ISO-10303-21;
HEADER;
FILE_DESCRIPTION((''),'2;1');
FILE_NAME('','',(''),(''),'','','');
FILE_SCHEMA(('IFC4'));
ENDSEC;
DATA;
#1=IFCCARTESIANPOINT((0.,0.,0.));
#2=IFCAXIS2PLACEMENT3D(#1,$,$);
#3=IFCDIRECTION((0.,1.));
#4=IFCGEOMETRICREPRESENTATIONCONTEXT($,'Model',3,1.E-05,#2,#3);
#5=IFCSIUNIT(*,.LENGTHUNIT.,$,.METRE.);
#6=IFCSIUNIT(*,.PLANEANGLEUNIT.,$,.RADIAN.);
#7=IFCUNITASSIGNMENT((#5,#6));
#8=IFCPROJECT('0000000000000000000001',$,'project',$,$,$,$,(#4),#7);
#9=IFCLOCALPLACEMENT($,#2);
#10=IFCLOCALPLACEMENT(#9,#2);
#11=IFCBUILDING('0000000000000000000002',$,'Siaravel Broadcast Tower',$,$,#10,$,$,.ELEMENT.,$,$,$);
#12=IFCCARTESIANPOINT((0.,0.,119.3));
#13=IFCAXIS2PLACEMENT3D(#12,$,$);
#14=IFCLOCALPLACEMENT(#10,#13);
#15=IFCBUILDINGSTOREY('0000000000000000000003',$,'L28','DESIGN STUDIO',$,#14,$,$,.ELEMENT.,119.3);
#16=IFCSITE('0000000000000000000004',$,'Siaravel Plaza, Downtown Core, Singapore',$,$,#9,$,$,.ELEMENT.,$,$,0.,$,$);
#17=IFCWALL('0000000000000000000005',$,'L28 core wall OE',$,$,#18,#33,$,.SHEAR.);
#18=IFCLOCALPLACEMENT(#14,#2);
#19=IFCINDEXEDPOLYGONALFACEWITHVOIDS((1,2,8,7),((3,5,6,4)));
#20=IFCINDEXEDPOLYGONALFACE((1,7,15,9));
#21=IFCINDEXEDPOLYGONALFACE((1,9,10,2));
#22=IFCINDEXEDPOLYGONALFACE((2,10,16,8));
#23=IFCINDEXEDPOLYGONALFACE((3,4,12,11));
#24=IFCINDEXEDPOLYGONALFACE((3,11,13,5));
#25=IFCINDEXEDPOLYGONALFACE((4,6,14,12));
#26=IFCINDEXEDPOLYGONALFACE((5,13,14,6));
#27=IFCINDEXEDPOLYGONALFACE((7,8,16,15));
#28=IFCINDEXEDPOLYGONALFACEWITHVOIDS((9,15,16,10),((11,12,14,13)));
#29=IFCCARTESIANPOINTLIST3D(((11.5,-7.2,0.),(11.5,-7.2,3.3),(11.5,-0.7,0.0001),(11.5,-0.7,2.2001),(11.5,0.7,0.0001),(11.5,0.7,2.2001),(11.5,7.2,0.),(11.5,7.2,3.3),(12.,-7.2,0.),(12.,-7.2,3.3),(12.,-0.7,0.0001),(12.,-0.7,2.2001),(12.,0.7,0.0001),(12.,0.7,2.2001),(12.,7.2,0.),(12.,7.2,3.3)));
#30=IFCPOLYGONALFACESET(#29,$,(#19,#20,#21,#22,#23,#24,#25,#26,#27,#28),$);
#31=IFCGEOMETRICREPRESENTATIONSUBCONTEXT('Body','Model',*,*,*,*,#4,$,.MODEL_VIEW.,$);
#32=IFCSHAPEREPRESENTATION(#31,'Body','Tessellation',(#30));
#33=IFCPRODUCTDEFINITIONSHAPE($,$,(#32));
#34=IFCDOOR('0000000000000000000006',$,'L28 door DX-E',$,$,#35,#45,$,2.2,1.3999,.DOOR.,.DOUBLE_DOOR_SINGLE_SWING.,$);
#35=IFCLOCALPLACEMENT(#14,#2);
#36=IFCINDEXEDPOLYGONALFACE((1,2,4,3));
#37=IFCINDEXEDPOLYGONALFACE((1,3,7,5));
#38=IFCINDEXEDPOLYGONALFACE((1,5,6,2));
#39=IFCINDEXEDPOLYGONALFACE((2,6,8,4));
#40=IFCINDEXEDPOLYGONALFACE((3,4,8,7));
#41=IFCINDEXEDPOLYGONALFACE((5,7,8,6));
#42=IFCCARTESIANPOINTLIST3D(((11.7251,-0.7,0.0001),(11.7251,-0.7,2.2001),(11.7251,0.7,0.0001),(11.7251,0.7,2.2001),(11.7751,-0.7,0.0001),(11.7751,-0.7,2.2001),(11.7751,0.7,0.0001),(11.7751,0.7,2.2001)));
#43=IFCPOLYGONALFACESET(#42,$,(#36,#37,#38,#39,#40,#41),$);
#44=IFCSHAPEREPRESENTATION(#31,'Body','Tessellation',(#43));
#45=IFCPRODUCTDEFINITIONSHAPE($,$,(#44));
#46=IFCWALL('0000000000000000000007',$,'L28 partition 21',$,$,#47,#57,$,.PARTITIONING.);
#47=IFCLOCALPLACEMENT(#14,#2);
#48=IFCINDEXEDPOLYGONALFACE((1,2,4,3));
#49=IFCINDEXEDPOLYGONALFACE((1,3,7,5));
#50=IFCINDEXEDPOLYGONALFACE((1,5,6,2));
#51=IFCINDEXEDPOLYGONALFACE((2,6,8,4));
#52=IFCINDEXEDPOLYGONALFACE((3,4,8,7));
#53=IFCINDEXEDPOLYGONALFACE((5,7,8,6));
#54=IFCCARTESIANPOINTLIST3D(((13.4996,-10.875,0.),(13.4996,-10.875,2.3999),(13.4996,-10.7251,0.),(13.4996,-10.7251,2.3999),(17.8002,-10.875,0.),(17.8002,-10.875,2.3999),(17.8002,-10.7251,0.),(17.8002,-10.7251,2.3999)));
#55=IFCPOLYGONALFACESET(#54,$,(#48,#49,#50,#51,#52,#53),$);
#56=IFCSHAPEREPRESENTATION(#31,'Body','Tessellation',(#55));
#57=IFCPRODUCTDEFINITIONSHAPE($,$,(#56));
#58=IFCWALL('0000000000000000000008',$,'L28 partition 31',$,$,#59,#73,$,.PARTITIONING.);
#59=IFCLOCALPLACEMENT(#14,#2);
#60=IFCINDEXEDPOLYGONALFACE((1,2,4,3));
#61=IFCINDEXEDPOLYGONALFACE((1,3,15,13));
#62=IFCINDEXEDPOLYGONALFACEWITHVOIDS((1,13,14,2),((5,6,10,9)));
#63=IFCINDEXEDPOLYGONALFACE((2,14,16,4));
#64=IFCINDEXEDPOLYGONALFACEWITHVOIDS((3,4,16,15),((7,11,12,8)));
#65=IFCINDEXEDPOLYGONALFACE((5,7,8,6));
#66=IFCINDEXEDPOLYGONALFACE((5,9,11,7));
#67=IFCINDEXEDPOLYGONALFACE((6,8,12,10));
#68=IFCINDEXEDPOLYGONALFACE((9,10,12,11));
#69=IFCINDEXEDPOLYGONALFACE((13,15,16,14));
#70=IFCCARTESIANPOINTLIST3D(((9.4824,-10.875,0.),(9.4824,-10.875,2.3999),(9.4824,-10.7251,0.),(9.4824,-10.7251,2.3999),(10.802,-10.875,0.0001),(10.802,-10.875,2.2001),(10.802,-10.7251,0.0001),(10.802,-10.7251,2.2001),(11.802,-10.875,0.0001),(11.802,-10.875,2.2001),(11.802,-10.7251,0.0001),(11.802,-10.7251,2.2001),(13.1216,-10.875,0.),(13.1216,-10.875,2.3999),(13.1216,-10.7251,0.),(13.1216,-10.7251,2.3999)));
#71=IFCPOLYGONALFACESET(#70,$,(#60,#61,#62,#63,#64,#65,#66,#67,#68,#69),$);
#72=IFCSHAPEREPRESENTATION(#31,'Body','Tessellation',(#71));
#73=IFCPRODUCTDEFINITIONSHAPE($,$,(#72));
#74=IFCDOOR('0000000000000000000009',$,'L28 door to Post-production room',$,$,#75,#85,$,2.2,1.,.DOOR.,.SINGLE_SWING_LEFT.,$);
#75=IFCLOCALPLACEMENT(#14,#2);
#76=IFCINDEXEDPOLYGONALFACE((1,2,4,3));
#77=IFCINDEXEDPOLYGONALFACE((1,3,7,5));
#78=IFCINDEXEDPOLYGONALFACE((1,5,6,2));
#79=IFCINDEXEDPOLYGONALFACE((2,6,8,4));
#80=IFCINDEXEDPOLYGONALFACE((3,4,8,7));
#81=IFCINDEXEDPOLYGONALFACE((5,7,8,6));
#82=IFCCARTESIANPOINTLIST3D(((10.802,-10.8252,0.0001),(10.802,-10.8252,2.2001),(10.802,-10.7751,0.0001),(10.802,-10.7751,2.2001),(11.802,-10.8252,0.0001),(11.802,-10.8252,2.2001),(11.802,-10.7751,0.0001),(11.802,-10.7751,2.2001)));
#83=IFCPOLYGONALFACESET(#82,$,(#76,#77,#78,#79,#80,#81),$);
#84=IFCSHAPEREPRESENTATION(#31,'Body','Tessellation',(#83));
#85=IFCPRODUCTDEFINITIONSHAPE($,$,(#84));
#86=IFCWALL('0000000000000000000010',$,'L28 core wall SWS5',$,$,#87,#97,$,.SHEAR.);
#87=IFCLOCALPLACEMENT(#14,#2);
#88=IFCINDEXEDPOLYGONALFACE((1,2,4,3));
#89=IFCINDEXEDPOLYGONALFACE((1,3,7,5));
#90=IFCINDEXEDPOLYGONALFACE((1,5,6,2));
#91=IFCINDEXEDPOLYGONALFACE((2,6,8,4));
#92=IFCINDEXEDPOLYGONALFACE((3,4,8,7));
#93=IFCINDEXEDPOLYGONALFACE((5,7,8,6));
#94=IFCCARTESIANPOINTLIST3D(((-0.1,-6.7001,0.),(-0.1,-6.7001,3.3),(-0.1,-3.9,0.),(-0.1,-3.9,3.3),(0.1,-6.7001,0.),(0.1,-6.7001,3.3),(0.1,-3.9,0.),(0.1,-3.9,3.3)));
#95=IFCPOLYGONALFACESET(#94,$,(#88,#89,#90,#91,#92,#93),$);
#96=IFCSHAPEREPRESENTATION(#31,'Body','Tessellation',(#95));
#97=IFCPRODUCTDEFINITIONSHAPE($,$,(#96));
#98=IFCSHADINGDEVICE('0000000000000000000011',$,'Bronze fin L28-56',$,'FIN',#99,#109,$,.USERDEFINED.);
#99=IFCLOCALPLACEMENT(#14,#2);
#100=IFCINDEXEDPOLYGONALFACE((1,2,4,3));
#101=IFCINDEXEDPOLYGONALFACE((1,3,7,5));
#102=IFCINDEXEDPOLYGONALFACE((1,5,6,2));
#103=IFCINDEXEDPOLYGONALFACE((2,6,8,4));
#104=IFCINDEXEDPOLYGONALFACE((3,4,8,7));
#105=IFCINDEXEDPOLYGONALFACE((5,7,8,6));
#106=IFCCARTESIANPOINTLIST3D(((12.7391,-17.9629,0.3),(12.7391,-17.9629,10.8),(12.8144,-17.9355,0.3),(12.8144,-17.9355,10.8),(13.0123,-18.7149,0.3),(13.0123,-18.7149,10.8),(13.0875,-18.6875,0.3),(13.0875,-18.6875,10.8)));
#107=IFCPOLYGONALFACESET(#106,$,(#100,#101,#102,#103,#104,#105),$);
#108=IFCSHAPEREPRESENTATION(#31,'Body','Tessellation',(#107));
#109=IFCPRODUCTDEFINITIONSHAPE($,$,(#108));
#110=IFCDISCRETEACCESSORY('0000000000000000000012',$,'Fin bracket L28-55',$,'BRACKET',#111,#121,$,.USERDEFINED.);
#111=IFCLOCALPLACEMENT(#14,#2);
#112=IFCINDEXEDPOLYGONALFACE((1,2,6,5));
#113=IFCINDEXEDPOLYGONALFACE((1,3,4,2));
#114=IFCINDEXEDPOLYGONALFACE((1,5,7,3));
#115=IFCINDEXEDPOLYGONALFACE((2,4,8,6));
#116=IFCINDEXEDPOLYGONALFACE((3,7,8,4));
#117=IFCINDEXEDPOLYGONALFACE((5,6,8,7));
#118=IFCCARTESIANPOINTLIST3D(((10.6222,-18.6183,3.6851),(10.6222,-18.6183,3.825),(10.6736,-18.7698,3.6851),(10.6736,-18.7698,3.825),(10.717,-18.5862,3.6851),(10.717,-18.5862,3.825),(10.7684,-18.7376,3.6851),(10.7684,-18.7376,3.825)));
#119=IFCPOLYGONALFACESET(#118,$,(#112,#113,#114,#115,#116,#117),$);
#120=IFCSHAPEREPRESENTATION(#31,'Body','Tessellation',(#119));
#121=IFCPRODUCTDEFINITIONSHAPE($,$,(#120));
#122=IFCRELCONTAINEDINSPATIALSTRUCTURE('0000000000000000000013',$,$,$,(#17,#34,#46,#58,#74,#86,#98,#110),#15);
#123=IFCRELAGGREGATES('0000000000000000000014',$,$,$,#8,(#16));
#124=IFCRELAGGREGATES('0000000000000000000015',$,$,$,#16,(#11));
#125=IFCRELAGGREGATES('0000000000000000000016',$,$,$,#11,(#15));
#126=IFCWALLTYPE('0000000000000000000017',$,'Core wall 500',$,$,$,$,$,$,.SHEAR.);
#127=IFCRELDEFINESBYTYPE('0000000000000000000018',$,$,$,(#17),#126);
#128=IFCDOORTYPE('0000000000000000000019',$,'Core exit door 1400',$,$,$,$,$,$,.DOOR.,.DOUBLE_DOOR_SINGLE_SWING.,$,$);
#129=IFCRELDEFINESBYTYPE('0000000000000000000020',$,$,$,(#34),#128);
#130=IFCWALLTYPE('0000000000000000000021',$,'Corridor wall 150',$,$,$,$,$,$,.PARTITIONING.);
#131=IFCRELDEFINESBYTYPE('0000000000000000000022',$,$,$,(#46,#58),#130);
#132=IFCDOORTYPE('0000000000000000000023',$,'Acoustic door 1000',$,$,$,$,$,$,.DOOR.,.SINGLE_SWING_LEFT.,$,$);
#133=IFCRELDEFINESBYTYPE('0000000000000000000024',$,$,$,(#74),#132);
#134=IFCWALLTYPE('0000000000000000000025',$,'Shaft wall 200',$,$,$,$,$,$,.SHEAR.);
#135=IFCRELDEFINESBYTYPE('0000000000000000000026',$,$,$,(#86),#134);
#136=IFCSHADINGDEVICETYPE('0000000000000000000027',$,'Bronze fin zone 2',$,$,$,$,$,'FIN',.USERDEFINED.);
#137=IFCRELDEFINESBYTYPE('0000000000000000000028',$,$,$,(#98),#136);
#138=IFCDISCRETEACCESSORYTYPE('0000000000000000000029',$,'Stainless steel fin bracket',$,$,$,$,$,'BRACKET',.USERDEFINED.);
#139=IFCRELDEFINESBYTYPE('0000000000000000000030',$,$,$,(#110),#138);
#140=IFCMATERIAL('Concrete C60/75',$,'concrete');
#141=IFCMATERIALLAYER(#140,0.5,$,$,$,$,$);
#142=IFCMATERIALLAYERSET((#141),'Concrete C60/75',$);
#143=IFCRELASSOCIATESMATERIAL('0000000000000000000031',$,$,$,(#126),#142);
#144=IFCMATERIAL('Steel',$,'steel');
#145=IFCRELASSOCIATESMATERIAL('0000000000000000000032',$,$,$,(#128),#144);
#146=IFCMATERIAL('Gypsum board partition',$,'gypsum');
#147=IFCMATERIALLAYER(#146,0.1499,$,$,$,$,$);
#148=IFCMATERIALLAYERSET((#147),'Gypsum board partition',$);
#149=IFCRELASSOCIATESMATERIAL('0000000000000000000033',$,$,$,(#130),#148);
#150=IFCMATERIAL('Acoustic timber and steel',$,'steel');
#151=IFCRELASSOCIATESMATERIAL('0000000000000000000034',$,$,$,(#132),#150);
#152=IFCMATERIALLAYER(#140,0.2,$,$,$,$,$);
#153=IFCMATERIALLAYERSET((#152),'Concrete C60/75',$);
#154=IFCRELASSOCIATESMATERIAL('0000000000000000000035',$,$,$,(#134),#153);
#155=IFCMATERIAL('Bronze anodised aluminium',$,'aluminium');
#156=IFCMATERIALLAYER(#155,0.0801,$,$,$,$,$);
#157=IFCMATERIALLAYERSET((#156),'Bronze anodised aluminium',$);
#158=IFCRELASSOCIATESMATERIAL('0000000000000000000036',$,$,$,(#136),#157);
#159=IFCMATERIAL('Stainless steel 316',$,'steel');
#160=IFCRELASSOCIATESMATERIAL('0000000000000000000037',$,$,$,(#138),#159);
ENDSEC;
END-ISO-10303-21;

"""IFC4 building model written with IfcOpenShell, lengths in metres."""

from ifc_helpers import new_model, si_unit, direction, frame, frame_2d, origin, origin_2d, place, context, subcontext, project, spatial, rectangle, extrude, material, layer, layer_set, type_object, element, fill, save


model = new_model("IFC4")

# Units and contexts
model_context = context("Model", 3, precision=1e-05, world=origin(), true_north=direction((0.0, 1.0)))
body_context = subcontext(model_context, "Body", "Model", "MODEL_VIEW")
ifc_project = project(units=[si_unit("LENGTHUNIT", "METRE"), si_unit("PLANEANGLEUNIT", "RADIAN")], contexts=[model_context])

# Site, building, storey
site_placement = place(None, origin())
site = spatial("IfcSite", under=ifc_project, at=site_placement, Name="Siaravel Plaza, Downtown Core, Singapore", CompositionType="ELEMENT", RefElevation=0.0)
building_placement = place(site_placement, origin())
building = spatial("IfcBuilding", under=site, at=building_placement, Name="Siaravel Broadcast Tower", CompositionType="ELEMENT")
storey_placement = place(building_placement, frame((0.0, 0.0, 119.3)))
storey = spatial("IfcBuildingStorey", under=building, at=storey_placement, Name="L28", Description="DESIGN STUDIO", CompositionType="ELEMENT", Elevation=119.3)

# Shared definitions
ifc_material_1 = material(Name="Concrete C60/75", Category="concrete")

# Wall, opening, door
ifc_layer_1 = layer(ifc_material_1, 0.5)
ifc_layer_set_1 = layer_set([ifc_layer_1], Name="Concrete C60/75")
wall_type_1 = type_object("IfcWallType", Name="Core wall 500", PredefinedType="SHEAR", material=ifc_layer_set_1)
wall_1_placement = place(storey_placement, frame((11.75, -7.2, 0.0), z_axis=(0.0, 0.0, 1.0), x_axis=(0.0, 1.0, 0.0)))
wall_1 = element("IfcWall", 1, at=wall_1_placement, inside=storey, type_object=wall_type_1, Name="L28 core wall OE", PredefinedType="SHEAR", context=body_context, shape_type="SweptSolid", body=[
    extrude(rectangle(XDim=14.3999, YDim=0.5, at=frame_2d((7.2, 0.0))), origin(), (0.0, 0.0, 1.0), 3.3),
])
opening_1_placement = place(wall_1_placement, frame((6.5, 0.0, 0.0)))
opening_1 = element("IfcOpeningElement", 2, at=opening_1_placement, cuts=wall_1, PredefinedType="OPENING", context=body_context, shape_type="SweptSolid", body=[
    extrude(rectangle(XDim=1.3999, YDim=2.2, at=frame_2d((0.7, 1.1001))), frame((0.0, 0.26, 0.0), z_axis=(0.0, -1.0, 0.0), x_axis=(1.0, 0.0, 0.0)), (0.0, 0.0, 1.0), 0.52),
])
ifc_material_2 = material(Name="Steel", Category="steel")
door_type_1 = type_object("IfcDoorType", Name="Core exit door 1400", OperationType="DOUBLE_DOOR_SINGLE_SWING", PredefinedType="DOOR", material=ifc_material_2)
door_1_placement = place(opening_1_placement, origin())
door_1 = element("IfcDoor", 3, at=door_1_placement, inside=storey, type_object=door_type_1, Name="L28 door DX-E", OperationType="DOUBLE_DOOR_SINGLE_SWING", OverallHeight=2.2, OverallWidth=1.3999, PredefinedType="DOOR", context=body_context, shape_type="SweptSolid", body=[
    extrude(rectangle(XDim=1.3999, YDim=2.2, at=frame_2d((0.7, 1.1001))), frame((0.0, 0.0249, 0.0), z_axis=(0.0, -1.0, 0.0), x_axis=(1.0, 0.0, 0.0)), (0.0, 0.0, 1.0), 0.05),
])
fill(opening_1, door_1)

# Wall
ifc_material_3 = material(Name="Gypsum board partition", Category="gypsum")
ifc_layer_2 = layer(ifc_material_3, 0.1499)
ifc_layer_set_2 = layer_set([ifc_layer_2], Name="Gypsum board partition")
wall_type_2 = type_object("IfcWallType", Name="Corridor wall 150", PredefinedType="PARTITIONING", material=ifc_layer_set_2)
wall_2_placement = place(storey_placement, frame((13.4995, -10.8, 0.0), z_axis=(0.0, 0.0, 1.0), x_axis=(1.0, 0.0, 0.0)))
element("IfcWall", 4, at=wall_2_placement, inside=storey, type_object=wall_type_2, Name="L28 partition 21", PredefinedType="PARTITIONING", context=body_context, shape_type="SweptSolid", body=[
    extrude(rectangle(XDim=4.3005, YDim=0.1499, at=frame_2d((2.1504, 0.0))), origin(), (0.0, 0.0, 1.0), 2.3999),
])

# Wall, opening, door
wall_3_placement = place(storey_placement, frame((9.4824, -10.8, 0.0), z_axis=(0.0, 0.0, 1.0), x_axis=(1.0, 0.0, 0.0)))
wall_3 = element("IfcWall", 5, at=wall_3_placement, inside=storey, type_object=wall_type_2, Name="L28 partition 31", PredefinedType="PARTITIONING", context=body_context, shape_type="SweptSolid", body=[
    extrude(rectangle(XDim=3.6392, YDim=0.1499, at=frame_2d((1.8196, 0.0))), origin(), (0.0, 0.0, 1.0), 2.3999),
])
opening_2_placement = place(wall_3_placement, frame((1.3196, 0.0, 0.0)))
opening_2 = element("IfcOpeningElement", 6, at=opening_2_placement, cuts=wall_3, PredefinedType="OPENING", context=body_context, shape_type="SweptSolid", body=[
    extrude(rectangle(XDim=1.0, YDim=2.2, at=frame_2d((0.5, 1.1001))), frame((0.0, 0.085, 0.0), z_axis=(0.0, -1.0, 0.0), x_axis=(1.0, 0.0, 0.0)), (0.0, 0.0, 1.0), 0.1699),
])
ifc_material_4 = material(Name="Acoustic timber and steel", Category="steel")
door_type_2 = type_object("IfcDoorType", Name="Acoustic door 1000", OperationType="SINGLE_SWING_LEFT", PredefinedType="DOOR", material=ifc_material_4)
door_2_placement = place(opening_2_placement, origin())
door_2 = element("IfcDoor", 7, at=door_2_placement, inside=storey, type_object=door_type_2, Name="L28 door to Post-production room", OperationType="SINGLE_SWING_LEFT", OverallHeight=2.2, OverallWidth=1.0, PredefinedType="DOOR", context=body_context, shape_type="SweptSolid", body=[
    extrude(rectangle(XDim=1.0, YDim=2.2, at=frame_2d((0.5, 1.1001))), frame((0.0, 0.0249, 0.0), z_axis=(0.0, -1.0, 0.0), x_axis=(1.0, 0.0, 0.0)), (0.0, 0.0, 1.0), 0.05),
])
fill(opening_2, door_2)

# Wall
ifc_layer_3 = layer(ifc_material_1, 0.2)
ifc_layer_set_3 = layer_set([ifc_layer_3], Name="Concrete C60/75")
wall_type_3 = type_object("IfcWallType", Name="Shaft wall 200", PredefinedType="SHEAR", material=ifc_layer_set_3)
wall_4_placement = place(storey_placement, frame((0.0, -6.7, 0.0), z_axis=(0.0, 0.0, 1.0), x_axis=(0.0, 1.0, 0.0)))
element("IfcWall", 8, at=wall_4_placement, inside=storey, type_object=wall_type_3, Name="L28 core wall SWS5", PredefinedType="SHEAR", context=body_context, shape_type="SweptSolid", body=[
    extrude(rectangle(XDim=2.8, YDim=0.2, at=frame_2d((1.3999, 0.0))), origin(), (0.0, 0.0, 1.0), 3.3),
])

# Shading device
ifc_material_5 = material(Name="Bronze anodised aluminium", Category="aluminium")
ifc_layer_4 = layer(ifc_material_5, 0.0801)
ifc_layer_set_4 = layer_set([ifc_layer_4], Name="Bronze anodised aluminium")
shading_device_type = type_object("IfcShadingDeviceType", Name="Bronze fin zone 2", ElementType="FIN", PredefinedType="USERDEFINED", material=ifc_layer_set_4)
shading_device_placement = place(storey_placement, frame((12.9133, -18.3252, 0.3), z_axis=(0.0, 0.0, 1.0), x_axis=(0.341431, -0.939907, 0.0)))
element("IfcShadingDevice", 9, at=shading_device_placement, inside=storey, type_object=shading_device_type, Name="Bronze fin L28-56", ObjectType="FIN", PredefinedType="USERDEFINED", context=body_context, shape_type="SweptSolid", body=[
    extrude(rectangle(XDim=0.8, YDim=0.0801, at=origin_2d()), origin(), (0.0, 0.0, 1.0), 10.5),
])

# Discrete accessory
ifc_material_6 = material(Name="Stainless steel 316", Category="steel")
discrete_accessory_type = type_object("IfcDiscreteAccessoryType", Name="Stainless steel fin bracket", ElementType="BRACKET", PredefinedType="USERDEFINED", material=ifc_material_6)
discrete_accessory_placement = place(storey_placement, frame((10.6953, -18.678, 3.6851), z_axis=(0.0, 0.0, 1.0), x_axis=(0.321301, -0.946977, 0.0)))
element("IfcDiscreteAccessory", 10, at=discrete_accessory_placement, inside=storey, type_object=discrete_accessory_type, Name="Fin bracket L28-55", ObjectType="BRACKET", PredefinedType="USERDEFINED", context=body_context, shape_type="SweptSolid", body=[
    extrude(rectangle(XDim=0.1599, YDim=0.1001, at=origin_2d()), origin(), (0.0, 0.0, 1.0), 0.1399),
])

save(model, "model.ifc")
